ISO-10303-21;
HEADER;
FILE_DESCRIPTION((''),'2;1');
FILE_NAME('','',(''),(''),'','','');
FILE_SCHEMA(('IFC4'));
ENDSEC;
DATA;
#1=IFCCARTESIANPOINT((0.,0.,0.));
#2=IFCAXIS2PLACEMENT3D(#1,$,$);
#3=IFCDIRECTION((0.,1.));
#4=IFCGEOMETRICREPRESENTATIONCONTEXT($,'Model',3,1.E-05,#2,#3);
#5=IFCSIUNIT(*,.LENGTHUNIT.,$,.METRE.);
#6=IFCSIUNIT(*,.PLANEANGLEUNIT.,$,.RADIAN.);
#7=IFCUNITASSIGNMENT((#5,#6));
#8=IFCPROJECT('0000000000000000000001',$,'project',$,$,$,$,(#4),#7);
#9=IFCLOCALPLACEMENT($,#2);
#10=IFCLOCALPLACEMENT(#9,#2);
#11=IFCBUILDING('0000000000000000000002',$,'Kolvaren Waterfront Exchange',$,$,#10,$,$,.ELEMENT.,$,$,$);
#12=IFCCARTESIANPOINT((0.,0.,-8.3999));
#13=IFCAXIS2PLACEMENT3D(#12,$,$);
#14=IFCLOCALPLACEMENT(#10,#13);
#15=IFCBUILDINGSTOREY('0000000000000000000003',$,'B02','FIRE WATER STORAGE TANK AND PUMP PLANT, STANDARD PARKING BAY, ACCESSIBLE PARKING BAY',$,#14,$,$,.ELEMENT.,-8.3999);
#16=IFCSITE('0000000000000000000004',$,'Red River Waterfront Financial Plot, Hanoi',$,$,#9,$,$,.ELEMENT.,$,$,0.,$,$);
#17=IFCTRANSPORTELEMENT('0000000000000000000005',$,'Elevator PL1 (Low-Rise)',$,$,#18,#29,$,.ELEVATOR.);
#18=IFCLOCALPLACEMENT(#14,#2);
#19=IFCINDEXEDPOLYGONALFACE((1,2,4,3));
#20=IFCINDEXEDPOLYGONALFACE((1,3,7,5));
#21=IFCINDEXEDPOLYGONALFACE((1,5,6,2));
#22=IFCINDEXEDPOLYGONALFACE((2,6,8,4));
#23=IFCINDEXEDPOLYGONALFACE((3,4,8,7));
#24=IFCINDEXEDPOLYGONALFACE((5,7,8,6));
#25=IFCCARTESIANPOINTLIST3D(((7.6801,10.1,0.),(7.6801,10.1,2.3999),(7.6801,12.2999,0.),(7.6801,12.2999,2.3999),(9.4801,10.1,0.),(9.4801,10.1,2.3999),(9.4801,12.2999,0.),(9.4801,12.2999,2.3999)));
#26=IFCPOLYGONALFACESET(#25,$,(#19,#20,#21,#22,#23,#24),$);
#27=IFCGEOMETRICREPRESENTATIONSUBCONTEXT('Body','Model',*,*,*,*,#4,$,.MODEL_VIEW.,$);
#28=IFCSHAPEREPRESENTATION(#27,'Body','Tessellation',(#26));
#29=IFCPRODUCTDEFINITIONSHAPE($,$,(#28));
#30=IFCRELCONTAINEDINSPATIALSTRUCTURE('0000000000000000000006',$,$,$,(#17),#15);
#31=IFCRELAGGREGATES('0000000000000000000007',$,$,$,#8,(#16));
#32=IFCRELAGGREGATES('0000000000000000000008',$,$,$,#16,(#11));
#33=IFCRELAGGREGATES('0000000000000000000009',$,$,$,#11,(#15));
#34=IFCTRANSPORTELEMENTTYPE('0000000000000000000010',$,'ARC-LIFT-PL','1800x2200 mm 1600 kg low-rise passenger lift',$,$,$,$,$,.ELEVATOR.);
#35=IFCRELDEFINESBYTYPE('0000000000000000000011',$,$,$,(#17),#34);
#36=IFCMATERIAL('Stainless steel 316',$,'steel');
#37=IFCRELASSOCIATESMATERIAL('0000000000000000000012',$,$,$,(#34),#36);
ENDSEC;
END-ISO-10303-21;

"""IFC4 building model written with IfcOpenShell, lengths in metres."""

from ifc_helpers import new_model, si_unit, direction, frame, origin, origin_2d, place, context, subcontext, project, spatial, rectangle, extrude, material, type_object, element, save


model = new_model("IFC4")

# Units and contexts
model_context = context("Model", 3, precision=1e-05, world=origin(), true_north=direction((0.0, 1.0)))
body_context = subcontext(model_context, "Body", "Model", "MODEL_VIEW")
ifc_project = project(units=[si_unit("LENGTHUNIT", "METRE"), si_unit("PLANEANGLEUNIT", "RADIAN")], contexts=[model_context])

# Site, building, storey
site_placement = place(None, origin())
site = spatial("IfcSite", under=ifc_project, at=site_placement, Name="Red River Waterfront Financial Plot, Hanoi", CompositionType="ELEMENT", RefElevation=0.0)
building_placement = place(site_placement, origin())
building = spatial("IfcBuilding", under=site, at=building_placement, Name="Kolvaren Waterfront Exchange", CompositionType="ELEMENT")
storey_placement = place(building_placement, frame((0.0, 0.0, -8.3999)))
storey = spatial("IfcBuildingStorey", under=building, at=storey_placement, Name="B02", Description="FIRE WATER STORAGE TANK AND PUMP PLANT, STANDARD PARKING BAY, ACCESSIBLE PARKING BAY", CompositionType="ELEMENT", Elevation=-8.3999)

# Transport element
ifc_material_1 = material(Name="Stainless steel 316", Category="steel")
transport_element_type_1 = type_object("IfcTransportElementType", Name="ARC-LIFT-PL", Description="1800x2200 mm 1600 kg low-rise passenger lift", PredefinedType="ELEVATOR", material=ifc_material_1)
transport_element_1_placement = place(storey_placement, frame((8.5801, 11.2, 0.0), z_axis=(0.0, 0.0, 1.0), x_axis=(1.0, 0.0, 0.0)))
element("IfcTransportElement", 1, at=transport_element_1_placement, inside=storey, type_object=transport_element_type_1, Name="Elevator PL1 (Low-Rise)", PredefinedType="ELEVATOR", context=body_context, shape_type="SweptSolid", body=[
    extrude(rectangle(XDim=1.8, YDim=2.2, at=origin_2d()), origin(), (0.0, 0.0, 1.0), 2.3999),
])

save(model, "model.ifc")
